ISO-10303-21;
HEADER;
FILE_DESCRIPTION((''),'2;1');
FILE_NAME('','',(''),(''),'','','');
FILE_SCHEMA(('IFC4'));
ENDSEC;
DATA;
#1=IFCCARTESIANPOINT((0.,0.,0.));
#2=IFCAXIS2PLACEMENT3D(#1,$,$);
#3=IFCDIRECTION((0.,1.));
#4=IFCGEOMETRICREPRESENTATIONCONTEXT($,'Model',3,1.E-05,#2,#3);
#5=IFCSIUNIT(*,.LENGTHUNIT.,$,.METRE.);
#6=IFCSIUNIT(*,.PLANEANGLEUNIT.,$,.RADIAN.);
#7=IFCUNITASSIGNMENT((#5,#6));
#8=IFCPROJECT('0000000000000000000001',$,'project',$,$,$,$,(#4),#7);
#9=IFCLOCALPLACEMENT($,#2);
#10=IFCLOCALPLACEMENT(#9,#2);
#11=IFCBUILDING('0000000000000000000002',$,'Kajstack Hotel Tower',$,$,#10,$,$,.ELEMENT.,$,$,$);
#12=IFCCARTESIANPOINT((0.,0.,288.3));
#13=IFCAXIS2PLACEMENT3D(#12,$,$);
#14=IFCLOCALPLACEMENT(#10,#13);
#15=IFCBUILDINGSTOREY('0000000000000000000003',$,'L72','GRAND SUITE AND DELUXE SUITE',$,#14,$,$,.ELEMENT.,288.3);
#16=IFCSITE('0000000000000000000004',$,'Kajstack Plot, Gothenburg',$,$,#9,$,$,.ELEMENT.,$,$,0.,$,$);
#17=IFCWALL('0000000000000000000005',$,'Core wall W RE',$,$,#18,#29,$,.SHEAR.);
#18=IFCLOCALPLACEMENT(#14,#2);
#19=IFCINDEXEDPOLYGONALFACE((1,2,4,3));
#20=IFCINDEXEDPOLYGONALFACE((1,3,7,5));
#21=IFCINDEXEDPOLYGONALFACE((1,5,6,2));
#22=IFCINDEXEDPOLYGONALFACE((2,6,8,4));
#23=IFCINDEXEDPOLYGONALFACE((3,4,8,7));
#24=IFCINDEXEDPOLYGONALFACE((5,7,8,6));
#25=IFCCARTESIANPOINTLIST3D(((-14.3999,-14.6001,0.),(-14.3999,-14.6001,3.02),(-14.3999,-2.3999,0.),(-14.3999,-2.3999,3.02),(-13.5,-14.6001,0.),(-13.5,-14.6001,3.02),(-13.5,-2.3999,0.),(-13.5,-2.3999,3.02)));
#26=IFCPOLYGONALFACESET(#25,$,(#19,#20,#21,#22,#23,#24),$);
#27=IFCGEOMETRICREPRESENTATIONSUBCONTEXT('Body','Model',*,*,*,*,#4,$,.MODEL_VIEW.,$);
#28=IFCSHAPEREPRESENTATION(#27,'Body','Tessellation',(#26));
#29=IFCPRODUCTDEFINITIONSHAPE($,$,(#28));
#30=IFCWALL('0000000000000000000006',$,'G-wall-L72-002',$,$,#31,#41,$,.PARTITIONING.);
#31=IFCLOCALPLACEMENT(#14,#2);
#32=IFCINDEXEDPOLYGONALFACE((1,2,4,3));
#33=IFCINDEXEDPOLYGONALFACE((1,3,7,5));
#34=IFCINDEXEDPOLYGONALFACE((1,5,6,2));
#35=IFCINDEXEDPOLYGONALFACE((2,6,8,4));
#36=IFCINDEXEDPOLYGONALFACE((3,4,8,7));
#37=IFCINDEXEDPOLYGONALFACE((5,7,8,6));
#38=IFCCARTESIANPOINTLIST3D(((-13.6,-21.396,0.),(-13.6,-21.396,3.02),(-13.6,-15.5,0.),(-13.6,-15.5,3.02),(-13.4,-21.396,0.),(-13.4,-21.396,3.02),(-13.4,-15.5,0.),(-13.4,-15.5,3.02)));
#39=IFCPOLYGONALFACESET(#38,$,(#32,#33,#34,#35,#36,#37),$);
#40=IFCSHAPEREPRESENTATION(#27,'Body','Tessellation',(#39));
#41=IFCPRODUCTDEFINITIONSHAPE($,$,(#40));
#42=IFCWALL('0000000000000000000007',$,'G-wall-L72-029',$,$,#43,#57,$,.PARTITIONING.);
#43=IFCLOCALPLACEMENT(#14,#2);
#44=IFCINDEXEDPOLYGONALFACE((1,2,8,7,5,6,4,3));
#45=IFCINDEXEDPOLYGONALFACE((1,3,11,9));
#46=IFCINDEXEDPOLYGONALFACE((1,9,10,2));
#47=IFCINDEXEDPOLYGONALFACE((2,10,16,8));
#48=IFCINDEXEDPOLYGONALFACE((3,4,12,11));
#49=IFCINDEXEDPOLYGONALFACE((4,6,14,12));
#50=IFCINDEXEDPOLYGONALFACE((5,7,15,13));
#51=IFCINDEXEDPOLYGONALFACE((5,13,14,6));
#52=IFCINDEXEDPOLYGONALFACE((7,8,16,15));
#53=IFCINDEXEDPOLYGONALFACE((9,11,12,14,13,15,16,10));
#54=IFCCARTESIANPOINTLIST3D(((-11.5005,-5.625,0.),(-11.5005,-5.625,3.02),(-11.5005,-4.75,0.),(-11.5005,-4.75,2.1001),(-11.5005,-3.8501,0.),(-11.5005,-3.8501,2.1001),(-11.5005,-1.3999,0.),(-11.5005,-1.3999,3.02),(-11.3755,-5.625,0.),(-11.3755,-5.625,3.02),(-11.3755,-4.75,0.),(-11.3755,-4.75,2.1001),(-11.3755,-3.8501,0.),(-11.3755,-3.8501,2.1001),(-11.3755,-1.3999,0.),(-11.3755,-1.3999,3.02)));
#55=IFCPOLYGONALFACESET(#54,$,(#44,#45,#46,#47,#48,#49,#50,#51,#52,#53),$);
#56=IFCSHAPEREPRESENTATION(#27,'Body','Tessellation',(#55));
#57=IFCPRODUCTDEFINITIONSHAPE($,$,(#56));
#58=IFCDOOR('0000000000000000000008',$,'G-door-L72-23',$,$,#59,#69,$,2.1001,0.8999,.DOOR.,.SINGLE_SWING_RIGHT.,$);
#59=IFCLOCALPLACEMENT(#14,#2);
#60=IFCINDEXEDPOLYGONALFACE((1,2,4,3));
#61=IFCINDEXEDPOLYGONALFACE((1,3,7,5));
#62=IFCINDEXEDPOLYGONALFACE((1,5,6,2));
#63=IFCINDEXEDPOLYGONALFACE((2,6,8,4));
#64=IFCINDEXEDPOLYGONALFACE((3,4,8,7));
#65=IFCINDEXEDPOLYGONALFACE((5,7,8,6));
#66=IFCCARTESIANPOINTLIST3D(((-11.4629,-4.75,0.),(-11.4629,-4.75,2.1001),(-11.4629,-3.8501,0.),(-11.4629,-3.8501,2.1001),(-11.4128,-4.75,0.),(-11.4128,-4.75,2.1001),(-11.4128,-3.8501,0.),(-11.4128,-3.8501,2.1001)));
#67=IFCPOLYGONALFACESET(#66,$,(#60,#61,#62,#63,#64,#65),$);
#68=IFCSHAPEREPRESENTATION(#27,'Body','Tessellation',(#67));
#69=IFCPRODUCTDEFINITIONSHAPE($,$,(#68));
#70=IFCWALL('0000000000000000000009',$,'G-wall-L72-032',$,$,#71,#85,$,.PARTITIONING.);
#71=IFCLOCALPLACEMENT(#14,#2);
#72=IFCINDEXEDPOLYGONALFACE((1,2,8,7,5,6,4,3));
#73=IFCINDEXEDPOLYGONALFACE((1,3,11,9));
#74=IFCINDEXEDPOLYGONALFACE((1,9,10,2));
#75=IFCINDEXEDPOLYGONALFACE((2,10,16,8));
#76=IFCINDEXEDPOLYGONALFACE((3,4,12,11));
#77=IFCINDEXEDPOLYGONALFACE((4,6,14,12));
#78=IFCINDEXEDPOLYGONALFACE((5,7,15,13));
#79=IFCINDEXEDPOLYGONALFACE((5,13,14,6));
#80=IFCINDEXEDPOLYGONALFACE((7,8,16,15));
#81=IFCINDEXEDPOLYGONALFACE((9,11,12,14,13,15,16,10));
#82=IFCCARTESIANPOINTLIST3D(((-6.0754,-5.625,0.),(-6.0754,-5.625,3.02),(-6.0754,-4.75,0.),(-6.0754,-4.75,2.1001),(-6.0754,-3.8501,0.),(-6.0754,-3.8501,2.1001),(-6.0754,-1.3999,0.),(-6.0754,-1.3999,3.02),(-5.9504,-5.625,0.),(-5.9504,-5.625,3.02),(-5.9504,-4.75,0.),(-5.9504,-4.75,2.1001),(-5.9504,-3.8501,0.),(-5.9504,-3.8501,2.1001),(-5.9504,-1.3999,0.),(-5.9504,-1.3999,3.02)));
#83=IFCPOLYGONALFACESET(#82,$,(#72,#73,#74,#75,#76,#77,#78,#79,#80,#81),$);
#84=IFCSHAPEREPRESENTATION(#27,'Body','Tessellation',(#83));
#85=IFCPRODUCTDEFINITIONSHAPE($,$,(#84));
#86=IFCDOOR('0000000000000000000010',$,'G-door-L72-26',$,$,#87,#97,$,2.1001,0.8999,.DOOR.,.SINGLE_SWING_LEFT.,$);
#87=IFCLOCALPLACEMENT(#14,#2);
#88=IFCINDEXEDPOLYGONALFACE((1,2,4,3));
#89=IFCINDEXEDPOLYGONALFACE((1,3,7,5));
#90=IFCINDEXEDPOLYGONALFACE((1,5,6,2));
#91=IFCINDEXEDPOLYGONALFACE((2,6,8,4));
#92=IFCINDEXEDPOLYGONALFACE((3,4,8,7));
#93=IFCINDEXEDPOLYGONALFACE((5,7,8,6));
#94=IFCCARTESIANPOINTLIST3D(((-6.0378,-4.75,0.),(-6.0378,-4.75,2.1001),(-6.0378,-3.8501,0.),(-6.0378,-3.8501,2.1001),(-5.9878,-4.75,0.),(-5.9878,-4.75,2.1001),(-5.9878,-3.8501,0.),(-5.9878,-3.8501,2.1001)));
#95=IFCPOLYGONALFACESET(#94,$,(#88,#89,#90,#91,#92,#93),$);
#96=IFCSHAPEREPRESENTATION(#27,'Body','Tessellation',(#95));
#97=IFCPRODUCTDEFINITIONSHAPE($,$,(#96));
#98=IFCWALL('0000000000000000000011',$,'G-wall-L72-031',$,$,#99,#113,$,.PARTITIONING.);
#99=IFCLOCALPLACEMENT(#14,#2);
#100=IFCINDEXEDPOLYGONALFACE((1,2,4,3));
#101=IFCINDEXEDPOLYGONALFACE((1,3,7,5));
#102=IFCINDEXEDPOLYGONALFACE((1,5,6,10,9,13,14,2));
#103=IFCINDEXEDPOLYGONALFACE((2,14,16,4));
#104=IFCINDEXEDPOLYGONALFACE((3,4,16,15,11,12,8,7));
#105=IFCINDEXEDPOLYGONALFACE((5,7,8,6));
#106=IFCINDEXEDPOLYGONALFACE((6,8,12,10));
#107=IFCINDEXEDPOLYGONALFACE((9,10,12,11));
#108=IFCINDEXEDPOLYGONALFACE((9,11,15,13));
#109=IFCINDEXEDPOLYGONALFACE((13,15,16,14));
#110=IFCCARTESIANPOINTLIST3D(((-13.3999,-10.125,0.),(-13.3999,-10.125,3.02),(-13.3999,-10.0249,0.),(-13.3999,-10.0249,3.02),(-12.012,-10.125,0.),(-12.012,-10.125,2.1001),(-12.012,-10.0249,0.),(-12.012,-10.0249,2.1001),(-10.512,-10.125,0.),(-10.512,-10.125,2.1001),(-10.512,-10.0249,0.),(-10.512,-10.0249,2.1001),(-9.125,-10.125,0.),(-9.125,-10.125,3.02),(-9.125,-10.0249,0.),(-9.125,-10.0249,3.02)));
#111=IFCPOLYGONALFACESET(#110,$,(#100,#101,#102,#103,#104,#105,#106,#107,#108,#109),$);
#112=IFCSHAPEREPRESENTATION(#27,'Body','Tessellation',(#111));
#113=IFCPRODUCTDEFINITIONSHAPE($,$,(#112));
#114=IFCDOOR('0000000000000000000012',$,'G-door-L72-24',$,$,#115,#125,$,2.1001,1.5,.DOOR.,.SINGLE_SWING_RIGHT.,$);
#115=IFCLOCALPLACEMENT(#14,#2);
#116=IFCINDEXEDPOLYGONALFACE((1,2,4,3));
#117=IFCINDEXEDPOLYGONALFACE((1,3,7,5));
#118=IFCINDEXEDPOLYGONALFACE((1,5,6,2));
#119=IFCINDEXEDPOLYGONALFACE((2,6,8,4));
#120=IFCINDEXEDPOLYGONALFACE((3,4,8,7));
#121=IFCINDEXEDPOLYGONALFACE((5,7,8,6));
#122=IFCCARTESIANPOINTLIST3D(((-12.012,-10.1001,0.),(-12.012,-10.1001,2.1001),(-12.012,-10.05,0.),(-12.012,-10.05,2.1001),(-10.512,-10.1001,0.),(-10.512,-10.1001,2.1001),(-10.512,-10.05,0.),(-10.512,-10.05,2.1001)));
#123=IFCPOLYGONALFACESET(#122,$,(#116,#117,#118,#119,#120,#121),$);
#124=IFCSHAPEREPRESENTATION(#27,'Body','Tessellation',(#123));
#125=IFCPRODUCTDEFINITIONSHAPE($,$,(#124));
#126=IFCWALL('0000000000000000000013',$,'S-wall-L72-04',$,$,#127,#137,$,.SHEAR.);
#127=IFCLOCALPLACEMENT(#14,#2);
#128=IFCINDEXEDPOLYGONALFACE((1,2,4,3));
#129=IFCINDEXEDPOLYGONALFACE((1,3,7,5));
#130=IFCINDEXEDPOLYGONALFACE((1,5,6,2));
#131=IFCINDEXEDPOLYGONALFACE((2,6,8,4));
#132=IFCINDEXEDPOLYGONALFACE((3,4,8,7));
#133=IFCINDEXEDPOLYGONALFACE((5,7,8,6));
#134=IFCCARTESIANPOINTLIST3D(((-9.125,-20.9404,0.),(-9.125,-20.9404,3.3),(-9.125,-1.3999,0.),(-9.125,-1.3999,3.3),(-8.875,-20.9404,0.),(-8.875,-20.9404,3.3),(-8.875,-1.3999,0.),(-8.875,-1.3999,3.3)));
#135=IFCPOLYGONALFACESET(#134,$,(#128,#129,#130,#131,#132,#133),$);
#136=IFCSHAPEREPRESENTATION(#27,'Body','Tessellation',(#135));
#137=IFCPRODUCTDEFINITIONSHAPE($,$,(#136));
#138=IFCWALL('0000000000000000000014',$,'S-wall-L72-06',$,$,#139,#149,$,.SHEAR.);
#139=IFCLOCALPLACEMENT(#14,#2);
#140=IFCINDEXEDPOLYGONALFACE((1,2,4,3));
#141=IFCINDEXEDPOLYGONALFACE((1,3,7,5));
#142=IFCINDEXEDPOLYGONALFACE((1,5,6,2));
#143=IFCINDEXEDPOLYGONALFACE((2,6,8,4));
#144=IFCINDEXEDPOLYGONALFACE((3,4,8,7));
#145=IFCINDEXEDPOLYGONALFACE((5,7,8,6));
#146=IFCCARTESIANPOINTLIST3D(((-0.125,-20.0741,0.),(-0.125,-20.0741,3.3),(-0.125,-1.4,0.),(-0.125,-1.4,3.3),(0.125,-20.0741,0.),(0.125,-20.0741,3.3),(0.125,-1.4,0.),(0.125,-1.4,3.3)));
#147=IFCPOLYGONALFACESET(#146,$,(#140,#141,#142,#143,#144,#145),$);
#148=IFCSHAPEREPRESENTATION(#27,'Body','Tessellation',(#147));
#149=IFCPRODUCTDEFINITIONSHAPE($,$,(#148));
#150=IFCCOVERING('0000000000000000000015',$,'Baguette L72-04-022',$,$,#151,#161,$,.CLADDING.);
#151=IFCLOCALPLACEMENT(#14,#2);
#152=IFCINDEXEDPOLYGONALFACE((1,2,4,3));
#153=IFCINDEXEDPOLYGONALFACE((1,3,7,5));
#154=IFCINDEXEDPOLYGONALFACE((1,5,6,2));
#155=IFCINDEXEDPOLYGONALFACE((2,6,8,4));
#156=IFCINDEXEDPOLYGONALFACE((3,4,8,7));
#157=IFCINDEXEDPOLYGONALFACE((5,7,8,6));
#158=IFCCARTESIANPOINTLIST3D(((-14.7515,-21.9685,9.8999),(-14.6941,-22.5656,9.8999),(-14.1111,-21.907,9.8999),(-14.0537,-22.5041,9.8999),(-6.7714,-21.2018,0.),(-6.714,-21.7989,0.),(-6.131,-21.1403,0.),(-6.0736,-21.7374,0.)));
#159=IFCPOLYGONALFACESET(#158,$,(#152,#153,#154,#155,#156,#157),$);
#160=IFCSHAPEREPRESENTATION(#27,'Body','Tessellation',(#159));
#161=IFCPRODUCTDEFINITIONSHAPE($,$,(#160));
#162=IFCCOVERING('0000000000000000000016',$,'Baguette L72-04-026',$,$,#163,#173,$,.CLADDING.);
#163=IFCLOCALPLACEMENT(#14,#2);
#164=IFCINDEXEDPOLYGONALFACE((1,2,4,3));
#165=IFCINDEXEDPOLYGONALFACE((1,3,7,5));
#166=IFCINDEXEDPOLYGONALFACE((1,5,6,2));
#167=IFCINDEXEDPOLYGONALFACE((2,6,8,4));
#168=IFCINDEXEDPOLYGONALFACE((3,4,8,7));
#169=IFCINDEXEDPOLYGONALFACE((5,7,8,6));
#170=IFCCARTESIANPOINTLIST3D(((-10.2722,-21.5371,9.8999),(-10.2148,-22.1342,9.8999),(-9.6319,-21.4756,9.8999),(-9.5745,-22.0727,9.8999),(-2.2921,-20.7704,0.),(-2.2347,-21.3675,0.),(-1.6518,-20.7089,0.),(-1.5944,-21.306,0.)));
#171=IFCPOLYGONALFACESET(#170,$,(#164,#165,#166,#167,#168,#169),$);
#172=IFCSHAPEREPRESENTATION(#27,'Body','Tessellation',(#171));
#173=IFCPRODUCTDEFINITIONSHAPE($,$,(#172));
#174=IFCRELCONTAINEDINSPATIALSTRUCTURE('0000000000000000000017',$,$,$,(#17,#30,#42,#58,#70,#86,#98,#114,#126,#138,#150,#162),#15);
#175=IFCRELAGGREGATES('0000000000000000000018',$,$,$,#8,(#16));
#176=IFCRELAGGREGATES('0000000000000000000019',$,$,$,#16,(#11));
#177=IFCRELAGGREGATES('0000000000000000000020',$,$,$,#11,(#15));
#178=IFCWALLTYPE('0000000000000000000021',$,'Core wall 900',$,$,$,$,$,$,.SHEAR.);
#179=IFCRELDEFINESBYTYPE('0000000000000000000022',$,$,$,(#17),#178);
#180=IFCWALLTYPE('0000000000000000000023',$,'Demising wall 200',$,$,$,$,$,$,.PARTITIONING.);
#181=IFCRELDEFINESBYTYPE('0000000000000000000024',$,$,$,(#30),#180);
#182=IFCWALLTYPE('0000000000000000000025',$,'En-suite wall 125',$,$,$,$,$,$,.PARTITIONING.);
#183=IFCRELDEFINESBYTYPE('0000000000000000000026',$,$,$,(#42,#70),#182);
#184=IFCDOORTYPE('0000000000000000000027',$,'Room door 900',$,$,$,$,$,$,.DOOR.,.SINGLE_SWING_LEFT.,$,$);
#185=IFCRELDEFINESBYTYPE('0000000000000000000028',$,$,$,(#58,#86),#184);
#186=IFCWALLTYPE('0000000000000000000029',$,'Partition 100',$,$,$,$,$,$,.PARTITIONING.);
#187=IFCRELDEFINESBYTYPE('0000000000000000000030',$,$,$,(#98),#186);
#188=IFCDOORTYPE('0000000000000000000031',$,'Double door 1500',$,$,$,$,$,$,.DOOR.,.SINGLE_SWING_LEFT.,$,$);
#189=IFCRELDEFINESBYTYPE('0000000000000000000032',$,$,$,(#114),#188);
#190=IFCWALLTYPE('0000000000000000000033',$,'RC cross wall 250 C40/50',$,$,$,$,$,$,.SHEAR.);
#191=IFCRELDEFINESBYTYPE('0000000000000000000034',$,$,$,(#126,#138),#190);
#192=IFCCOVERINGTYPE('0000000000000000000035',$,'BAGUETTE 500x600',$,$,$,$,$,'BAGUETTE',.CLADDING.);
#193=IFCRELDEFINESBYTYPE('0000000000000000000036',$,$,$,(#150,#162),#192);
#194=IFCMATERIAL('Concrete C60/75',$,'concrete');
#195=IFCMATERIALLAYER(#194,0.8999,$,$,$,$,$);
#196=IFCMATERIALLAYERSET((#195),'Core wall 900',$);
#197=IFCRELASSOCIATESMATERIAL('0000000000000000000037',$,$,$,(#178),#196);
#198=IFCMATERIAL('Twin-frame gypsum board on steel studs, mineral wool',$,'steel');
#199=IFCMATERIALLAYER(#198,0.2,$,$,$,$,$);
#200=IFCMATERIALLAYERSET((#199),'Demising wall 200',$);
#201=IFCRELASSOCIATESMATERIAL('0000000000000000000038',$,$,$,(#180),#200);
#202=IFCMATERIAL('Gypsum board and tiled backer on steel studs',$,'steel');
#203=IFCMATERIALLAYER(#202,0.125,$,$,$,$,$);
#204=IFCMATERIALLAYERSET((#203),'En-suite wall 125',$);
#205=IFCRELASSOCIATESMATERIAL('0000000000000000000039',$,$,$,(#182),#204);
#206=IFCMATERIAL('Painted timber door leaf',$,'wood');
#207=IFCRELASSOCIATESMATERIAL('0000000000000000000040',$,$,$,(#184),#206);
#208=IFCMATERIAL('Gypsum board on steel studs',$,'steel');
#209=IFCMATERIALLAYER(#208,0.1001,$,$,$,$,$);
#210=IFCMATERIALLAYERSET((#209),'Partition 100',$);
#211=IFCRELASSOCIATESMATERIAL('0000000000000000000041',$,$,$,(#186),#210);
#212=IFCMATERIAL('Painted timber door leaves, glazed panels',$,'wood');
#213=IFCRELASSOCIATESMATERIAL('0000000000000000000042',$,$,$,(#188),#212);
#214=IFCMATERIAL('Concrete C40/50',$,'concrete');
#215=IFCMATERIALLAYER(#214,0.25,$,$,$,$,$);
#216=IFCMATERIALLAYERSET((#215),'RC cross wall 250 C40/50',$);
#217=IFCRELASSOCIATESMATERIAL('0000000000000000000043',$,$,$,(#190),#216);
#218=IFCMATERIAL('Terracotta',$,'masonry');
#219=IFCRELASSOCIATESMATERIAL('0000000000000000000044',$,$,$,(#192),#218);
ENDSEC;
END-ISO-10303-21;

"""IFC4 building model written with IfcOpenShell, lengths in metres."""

from ifc_helpers import new_model, si_unit, direction, frame, frame_2d, origin, origin_2d, place, context, subcontext, project, spatial, polyline, rectangle, outline, extrude, material, layer, layer_set, material_profile, profile_set, type_object, element, fill, save


model = new_model("IFC4")

# Units and contexts
model_context = context("Model", 3, precision=1e-05, world=origin(), true_north=direction((0.0, 1.0)))
body_context = subcontext(model_context, "Body", "Model", "MODEL_VIEW")
ifc_project = project(units=[si_unit("LENGTHUNIT", "METRE"), si_unit("PLANEANGLEUNIT", "RADIAN")], contexts=[model_context])

# Site, building, storey
site_placement = place(None, origin())
site = spatial("IfcSite", under=ifc_project, at=site_placement, Name="Kajstack Plot, Gothenburg", CompositionType="ELEMENT", RefElevation=0.0)
building_placement = place(site_placement, origin())
building = spatial("IfcBuilding", under=site, at=building_placement, Name="Kajstack Hotel Tower", CompositionType="ELEMENT")
storey_placement = place(building_placement, frame((0.0, 0.0, 288.3)))
storey = spatial("IfcBuildingStorey", under=building, at=storey_placement, Name="L72", Description="GRAND SUITE AND DELUXE SUITE", CompositionType="ELEMENT", Elevation=288.3)

# Walls
ifc_material_1 = material(Name="Concrete C60/75", Category="concrete")
ifc_layer_1 = layer(ifc_material_1, 0.8999)
ifc_layer_set_1 = layer_set([ifc_layer_1], Name="Core wall 900")
wall_type_1 = type_object("IfcWallType", Name="Core wall 900", PredefinedType="SHEAR", material=ifc_layer_set_1)
wall_1_placement = place(storey_placement, frame((-13.95, -14.6001, 0.0), z_axis=(0.0, 0.0, 1.0), x_axis=(0.0, 1.0, 0.0)))
element("IfcWall", 1, at=wall_1_placement, inside=storey, type_object=wall_type_1, Name="Core wall W RE", PredefinedType="SHEAR", context=body_context, shape_type="SweptSolid", body=[
    extrude(rectangle(XDim=12.2002, YDim=0.8999, at=frame_2d((6.1001, 0.0))), origin(), (0.0, 0.0, 1.0), 3.02),
])
ifc_material_2 = material(Name="Twin-frame gypsum board on steel studs, mineral wool", Category="steel")
ifc_layer_2 = layer(ifc_material_2, 0.2)
ifc_layer_set_2 = layer_set([ifc_layer_2], Name="Demising wall 200")
wall_type_2 = type_object("IfcWallType", Name="Demising wall 200", PredefinedType="PARTITIONING", material=ifc_layer_set_2)
wall_2_placement = place(storey_placement, frame((-13.5, -21.396, 0.0), z_axis=(0.0, 0.0, 1.0), x_axis=(0.0, 1.0, 0.0)))
element("IfcWall", 2, at=wall_2_placement, inside=storey, type_object=wall_type_2, Name="G-wall-L72-002", PredefinedType="PARTITIONING", context=body_context, shape_type="SweptSolid", body=[
    extrude(rectangle(XDim=5.896, YDim=0.2, at=frame_2d((2.948, 0.0))), origin(), (0.0, 0.0, 1.0), 3.02),
])

# Walls, openings, doors
ifc_material_3 = material(Name="Gypsum board and tiled backer on steel studs", Category="steel")
ifc_layer_3 = layer(ifc_material_3, 0.125)
ifc_layer_set_3 = layer_set([ifc_layer_3], Name="En-suite wall 125")
wall_type_3 = type_object("IfcWallType", Name="En-suite wall 125", PredefinedType="PARTITIONING", material=ifc_layer_set_3)
wall_3_placement = place(storey_placement, frame((-11.438, -5.625, 0.0), z_axis=(0.0, 0.0, 1.0), x_axis=(0.0, 1.0, 0.0)))
wall_3 = element("IfcWall", 3, at=wall_3_placement, inside=storey, type_object=wall_type_3, Name="G-wall-L72-029", PredefinedType="PARTITIONING", context=body_context, shape_type="SweptSolid", body=[
    extrude(rectangle(XDim=4.2251, YDim=0.125, at=frame_2d((2.1125, 0.0))), origin(), (0.0, 0.0, 1.0), 3.02),
])
opening_1_placement = place(wall_3_placement, frame((0.875, 0.0, 0.0)))
opening_1 = element("IfcOpeningElement", 4, at=opening_1_placement, cuts=wall_3, PredefinedType="OPENING", context=body_context, shape_type="SweptSolid", body=[
    extrude(rectangle(XDim=0.8999, YDim=2.1001, at=frame_2d((0.45, 1.05))), frame((0.0, 0.0725, 0.0), z_axis=(0.0, -1.0, 0.0), x_axis=(1.0, 0.0, 0.0)), (0.0, 0.0, 1.0), 0.145),
])
ifc_material_4 = material(Name="Painted timber door leaf", Category="wood")
door_type_1 = type_object("IfcDoorType", Name="Room door 900", OperationType="SINGLE_SWING_LEFT", PredefinedType="DOOR", material=ifc_material_4)
door_1_placement = place(opening_1_placement, origin())
door_1 = element("IfcDoor", 5, at=door_1_placement, inside=storey, type_object=door_type_1, Name="G-door-L72-23", OperationType="SINGLE_SWING_RIGHT", OverallHeight=2.1001, OverallWidth=0.8999, PredefinedType="DOOR", context=body_context, shape_type="SweptSolid", body=[
    extrude(rectangle(XDim=0.8999, YDim=2.1001, at=frame_2d((0.45, 1.05))), frame((0.0, 0.0249, 0.0), z_axis=(0.0, -1.0, 0.0), x_axis=(1.0, 0.0, 0.0)), (0.0, 0.0, 1.0), 0.05),
])
fill(opening_1, door_1)
wall_4_placement = place(storey_placement, frame((-6.0129, -5.625, 0.0), z_axis=(0.0, 0.0, 1.0), x_axis=(0.0, 1.0, 0.0)))
wall_4 = element("IfcWall", 6, at=wall_4_placement, inside=storey, type_object=wall_type_3, Name="G-wall-L72-032", PredefinedType="PARTITIONING", context=body_context, shape_type="SweptSolid", body=[
    extrude(rectangle(XDim=4.2251, YDim=0.125, at=frame_2d((2.1125, 0.0))), origin(), (0.0, 0.0, 1.0), 3.02),
])
opening_2_placement = place(wall_4_placement, frame((0.875, 0.0, 0.0)))
opening_2 = element("IfcOpeningElement", 7, at=opening_2_placement, cuts=wall_4, PredefinedType="OPENING", context=body_context, shape_type="SweptSolid", body=[
    extrude(rectangle(XDim=0.8999, YDim=2.1001, at=frame_2d((0.45, 1.05))), frame((0.0, 0.0725, 0.0), z_axis=(0.0, -1.0, 0.0), x_axis=(1.0, 0.0, 0.0)), (0.0, 0.0, 1.0), 0.145),
])
door_2_placement = place(opening_2_placement, origin())
door_2 = element("IfcDoor", 8, at=door_2_placement, inside=storey, type_object=door_type_1, Name="G-door-L72-26", OperationType="SINGLE_SWING_LEFT", OverallHeight=2.1001, OverallWidth=0.8999, PredefinedType="DOOR", context=body_context, shape_type="SweptSolid", body=[
    extrude(rectangle(XDim=0.8999, YDim=2.1001, at=frame_2d((0.45, 1.05))), frame((0.0, 0.0249, 0.0), z_axis=(0.0, -1.0, 0.0), x_axis=(1.0, 0.0, 0.0)), (0.0, 0.0, 1.0), 0.05),
])
fill(opening_2, door_2)
ifc_material_5 = material(Name="Gypsum board on steel studs", Category="steel")
ifc_layer_4 = layer(ifc_material_5, 0.1001)
ifc_layer_set_4 = layer_set([ifc_layer_4], Name="Partition 100")
wall_type_4 = type_object("IfcWallType", Name="Partition 100", PredefinedType="PARTITIONING", material=ifc_layer_set_4)
wall_5_placement = place(storey_placement, frame((-13.3999, -10.075, 0.0), z_axis=(0.0, 0.0, 1.0), x_axis=(1.0, 0.0, 0.0)))
wall_5 = element("IfcWall", 9, at=wall_5_placement, inside=storey, type_object=wall_type_4, Name="G-wall-L72-031", PredefinedType="PARTITIONING", context=body_context, shape_type="SweptSolid", body=[
    extrude(rectangle(XDim=4.2749, YDim=0.1001, at=frame_2d((2.1375, 0.0))), origin(), (0.0, 0.0, 1.0), 3.02),
])
opening_3_placement = place(wall_5_placement, frame((1.3879, 0.0, 0.0)))
opening_3 = element("IfcOpeningElement", 10, at=opening_3_placement, cuts=wall_5, PredefinedType="OPENING", context=body_context, shape_type="SweptSolid", body=[
    extrude(rectangle(XDim=1.5, YDim=2.1001, at=frame_2d((0.75, 1.05))), frame((0.0, 0.0601, 0.0), z_axis=(0.0, -1.0, 0.0), x_axis=(1.0, 0.0, 0.0)), (0.0, 0.0, 1.0), 0.1201),
])
ifc_material_6 = material(Name="Painted timber door leaves, glazed panels", Category="wood")
door_type_2 = type_object("IfcDoorType", Name="Double door 1500", OperationType="SINGLE_SWING_LEFT", PredefinedType="DOOR", material=ifc_material_6)
door_3_placement = place(opening_3_placement, origin())
door_3 = element("IfcDoor", 11, at=door_3_placement, inside=storey, type_object=door_type_2, Name="G-door-L72-24", OperationType="SINGLE_SWING_RIGHT", OverallHeight=2.1001, OverallWidth=1.5, PredefinedType="DOOR", context=body_context, shape_type="SweptSolid", body=[
    extrude(rectangle(XDim=1.5, YDim=2.1001, at=frame_2d((0.75, 1.05))), frame((0.0, 0.0249, 0.0), z_axis=(0.0, -1.0, 0.0), x_axis=(1.0, 0.0, 0.0)), (0.0, 0.0, 1.0), 0.05),
])
fill(opening_3, door_3)

# Walls
ifc_material_7 = material(Name="Concrete C40/50", Category="concrete")
ifc_layer_5 = layer(ifc_material_7, 0.25)
ifc_layer_set_5 = layer_set([ifc_layer_5], Name="RC cross wall 250 C40/50")
wall_type_5 = type_object("IfcWallType", Name="RC cross wall 250 C40/50", PredefinedType="SHEAR", material=ifc_layer_set_5)
wall_6_placement = place(storey_placement, frame((-9.0, -20.9404, 0.0), z_axis=(0.0, 0.0, 1.0), x_axis=(0.0, 1.0, 0.0)))
element("IfcWall", 12, at=wall_6_placement, inside=storey, type_object=wall_type_5, Name="S-wall-L72-04", PredefinedType="SHEAR", context=body_context, shape_type="SweptSolid", body=[
    extrude(rectangle(XDim=19.5405, YDim=0.25, at=frame_2d((9.7703, 0.0))), origin(), (0.0, 0.0, 1.0), 3.3),
])
wall_7_placement = place(storey_placement, frame((0.0, -20.074, 0.0), z_axis=(0.0, 0.0, 1.0), x_axis=(0.0, 1.0, 0.0)))
element("IfcWall", 13, at=wall_7_placement, inside=storey, type_object=wall_type_5, Name="S-wall-L72-06", PredefinedType="SHEAR", context=body_context, shape_type="SweptSolid", body=[
    extrude(rectangle(XDim=18.6741, YDim=0.25, at=frame_2d((9.3369, 0.0))), origin(), (0.0, 0.0, 1.0), 3.3),
])

# Coverings
ifc_material_8 = material(Name="Terracotta", Category="masonry")
ifc_material_profile = material_profile(ifc_material_8, rectangle(XDim=0.6001, YDim=0.5, at=origin_2d()), Name="Terracotta-clad concrete baguette 500 x 600")
ifc_profile_set = profile_set([ifc_material_profile], Name="Terracotta")
covering_type = type_object("IfcCoveringType", Name="BAGUETTE 500x600", ElementType="BAGUETTE", PredefinedType="CLADDING", material=ifc_profile_set)
for number, where, z_axis, x_axis, name in (
    (14, (-14.7515, -21.9685, 0.0), (0.095635, -0.995416, 0.0), (0.995416, 0.095635, 0.0), "Baguette L72-04-022"),
    (15, (-10.2722, -21.5371, 0.0), (0.095635, -0.995416, 0.0), (0.995416, 0.095635, 0.0), "Baguette L72-04-026"),
):
    element("IfcCovering", number, at=place(storey_placement, frame(where, z_axis=z_axis, x_axis=x_axis)), inside=storey, type_object=covering_type, Name=name, PredefinedType="CLADDING", context=body_context, shape_type="SweptSolid", body=[
        extrude(outline(polyline([(0.0, 9.8999), (8.0168, 0.0), (8.6602, 0.0), (0.6433, 9.8999), (0.0, 9.8999)])), origin(), (0.0, 0.0, 1.0), 0.5999),
    ])

save(model, "model.ifc")
